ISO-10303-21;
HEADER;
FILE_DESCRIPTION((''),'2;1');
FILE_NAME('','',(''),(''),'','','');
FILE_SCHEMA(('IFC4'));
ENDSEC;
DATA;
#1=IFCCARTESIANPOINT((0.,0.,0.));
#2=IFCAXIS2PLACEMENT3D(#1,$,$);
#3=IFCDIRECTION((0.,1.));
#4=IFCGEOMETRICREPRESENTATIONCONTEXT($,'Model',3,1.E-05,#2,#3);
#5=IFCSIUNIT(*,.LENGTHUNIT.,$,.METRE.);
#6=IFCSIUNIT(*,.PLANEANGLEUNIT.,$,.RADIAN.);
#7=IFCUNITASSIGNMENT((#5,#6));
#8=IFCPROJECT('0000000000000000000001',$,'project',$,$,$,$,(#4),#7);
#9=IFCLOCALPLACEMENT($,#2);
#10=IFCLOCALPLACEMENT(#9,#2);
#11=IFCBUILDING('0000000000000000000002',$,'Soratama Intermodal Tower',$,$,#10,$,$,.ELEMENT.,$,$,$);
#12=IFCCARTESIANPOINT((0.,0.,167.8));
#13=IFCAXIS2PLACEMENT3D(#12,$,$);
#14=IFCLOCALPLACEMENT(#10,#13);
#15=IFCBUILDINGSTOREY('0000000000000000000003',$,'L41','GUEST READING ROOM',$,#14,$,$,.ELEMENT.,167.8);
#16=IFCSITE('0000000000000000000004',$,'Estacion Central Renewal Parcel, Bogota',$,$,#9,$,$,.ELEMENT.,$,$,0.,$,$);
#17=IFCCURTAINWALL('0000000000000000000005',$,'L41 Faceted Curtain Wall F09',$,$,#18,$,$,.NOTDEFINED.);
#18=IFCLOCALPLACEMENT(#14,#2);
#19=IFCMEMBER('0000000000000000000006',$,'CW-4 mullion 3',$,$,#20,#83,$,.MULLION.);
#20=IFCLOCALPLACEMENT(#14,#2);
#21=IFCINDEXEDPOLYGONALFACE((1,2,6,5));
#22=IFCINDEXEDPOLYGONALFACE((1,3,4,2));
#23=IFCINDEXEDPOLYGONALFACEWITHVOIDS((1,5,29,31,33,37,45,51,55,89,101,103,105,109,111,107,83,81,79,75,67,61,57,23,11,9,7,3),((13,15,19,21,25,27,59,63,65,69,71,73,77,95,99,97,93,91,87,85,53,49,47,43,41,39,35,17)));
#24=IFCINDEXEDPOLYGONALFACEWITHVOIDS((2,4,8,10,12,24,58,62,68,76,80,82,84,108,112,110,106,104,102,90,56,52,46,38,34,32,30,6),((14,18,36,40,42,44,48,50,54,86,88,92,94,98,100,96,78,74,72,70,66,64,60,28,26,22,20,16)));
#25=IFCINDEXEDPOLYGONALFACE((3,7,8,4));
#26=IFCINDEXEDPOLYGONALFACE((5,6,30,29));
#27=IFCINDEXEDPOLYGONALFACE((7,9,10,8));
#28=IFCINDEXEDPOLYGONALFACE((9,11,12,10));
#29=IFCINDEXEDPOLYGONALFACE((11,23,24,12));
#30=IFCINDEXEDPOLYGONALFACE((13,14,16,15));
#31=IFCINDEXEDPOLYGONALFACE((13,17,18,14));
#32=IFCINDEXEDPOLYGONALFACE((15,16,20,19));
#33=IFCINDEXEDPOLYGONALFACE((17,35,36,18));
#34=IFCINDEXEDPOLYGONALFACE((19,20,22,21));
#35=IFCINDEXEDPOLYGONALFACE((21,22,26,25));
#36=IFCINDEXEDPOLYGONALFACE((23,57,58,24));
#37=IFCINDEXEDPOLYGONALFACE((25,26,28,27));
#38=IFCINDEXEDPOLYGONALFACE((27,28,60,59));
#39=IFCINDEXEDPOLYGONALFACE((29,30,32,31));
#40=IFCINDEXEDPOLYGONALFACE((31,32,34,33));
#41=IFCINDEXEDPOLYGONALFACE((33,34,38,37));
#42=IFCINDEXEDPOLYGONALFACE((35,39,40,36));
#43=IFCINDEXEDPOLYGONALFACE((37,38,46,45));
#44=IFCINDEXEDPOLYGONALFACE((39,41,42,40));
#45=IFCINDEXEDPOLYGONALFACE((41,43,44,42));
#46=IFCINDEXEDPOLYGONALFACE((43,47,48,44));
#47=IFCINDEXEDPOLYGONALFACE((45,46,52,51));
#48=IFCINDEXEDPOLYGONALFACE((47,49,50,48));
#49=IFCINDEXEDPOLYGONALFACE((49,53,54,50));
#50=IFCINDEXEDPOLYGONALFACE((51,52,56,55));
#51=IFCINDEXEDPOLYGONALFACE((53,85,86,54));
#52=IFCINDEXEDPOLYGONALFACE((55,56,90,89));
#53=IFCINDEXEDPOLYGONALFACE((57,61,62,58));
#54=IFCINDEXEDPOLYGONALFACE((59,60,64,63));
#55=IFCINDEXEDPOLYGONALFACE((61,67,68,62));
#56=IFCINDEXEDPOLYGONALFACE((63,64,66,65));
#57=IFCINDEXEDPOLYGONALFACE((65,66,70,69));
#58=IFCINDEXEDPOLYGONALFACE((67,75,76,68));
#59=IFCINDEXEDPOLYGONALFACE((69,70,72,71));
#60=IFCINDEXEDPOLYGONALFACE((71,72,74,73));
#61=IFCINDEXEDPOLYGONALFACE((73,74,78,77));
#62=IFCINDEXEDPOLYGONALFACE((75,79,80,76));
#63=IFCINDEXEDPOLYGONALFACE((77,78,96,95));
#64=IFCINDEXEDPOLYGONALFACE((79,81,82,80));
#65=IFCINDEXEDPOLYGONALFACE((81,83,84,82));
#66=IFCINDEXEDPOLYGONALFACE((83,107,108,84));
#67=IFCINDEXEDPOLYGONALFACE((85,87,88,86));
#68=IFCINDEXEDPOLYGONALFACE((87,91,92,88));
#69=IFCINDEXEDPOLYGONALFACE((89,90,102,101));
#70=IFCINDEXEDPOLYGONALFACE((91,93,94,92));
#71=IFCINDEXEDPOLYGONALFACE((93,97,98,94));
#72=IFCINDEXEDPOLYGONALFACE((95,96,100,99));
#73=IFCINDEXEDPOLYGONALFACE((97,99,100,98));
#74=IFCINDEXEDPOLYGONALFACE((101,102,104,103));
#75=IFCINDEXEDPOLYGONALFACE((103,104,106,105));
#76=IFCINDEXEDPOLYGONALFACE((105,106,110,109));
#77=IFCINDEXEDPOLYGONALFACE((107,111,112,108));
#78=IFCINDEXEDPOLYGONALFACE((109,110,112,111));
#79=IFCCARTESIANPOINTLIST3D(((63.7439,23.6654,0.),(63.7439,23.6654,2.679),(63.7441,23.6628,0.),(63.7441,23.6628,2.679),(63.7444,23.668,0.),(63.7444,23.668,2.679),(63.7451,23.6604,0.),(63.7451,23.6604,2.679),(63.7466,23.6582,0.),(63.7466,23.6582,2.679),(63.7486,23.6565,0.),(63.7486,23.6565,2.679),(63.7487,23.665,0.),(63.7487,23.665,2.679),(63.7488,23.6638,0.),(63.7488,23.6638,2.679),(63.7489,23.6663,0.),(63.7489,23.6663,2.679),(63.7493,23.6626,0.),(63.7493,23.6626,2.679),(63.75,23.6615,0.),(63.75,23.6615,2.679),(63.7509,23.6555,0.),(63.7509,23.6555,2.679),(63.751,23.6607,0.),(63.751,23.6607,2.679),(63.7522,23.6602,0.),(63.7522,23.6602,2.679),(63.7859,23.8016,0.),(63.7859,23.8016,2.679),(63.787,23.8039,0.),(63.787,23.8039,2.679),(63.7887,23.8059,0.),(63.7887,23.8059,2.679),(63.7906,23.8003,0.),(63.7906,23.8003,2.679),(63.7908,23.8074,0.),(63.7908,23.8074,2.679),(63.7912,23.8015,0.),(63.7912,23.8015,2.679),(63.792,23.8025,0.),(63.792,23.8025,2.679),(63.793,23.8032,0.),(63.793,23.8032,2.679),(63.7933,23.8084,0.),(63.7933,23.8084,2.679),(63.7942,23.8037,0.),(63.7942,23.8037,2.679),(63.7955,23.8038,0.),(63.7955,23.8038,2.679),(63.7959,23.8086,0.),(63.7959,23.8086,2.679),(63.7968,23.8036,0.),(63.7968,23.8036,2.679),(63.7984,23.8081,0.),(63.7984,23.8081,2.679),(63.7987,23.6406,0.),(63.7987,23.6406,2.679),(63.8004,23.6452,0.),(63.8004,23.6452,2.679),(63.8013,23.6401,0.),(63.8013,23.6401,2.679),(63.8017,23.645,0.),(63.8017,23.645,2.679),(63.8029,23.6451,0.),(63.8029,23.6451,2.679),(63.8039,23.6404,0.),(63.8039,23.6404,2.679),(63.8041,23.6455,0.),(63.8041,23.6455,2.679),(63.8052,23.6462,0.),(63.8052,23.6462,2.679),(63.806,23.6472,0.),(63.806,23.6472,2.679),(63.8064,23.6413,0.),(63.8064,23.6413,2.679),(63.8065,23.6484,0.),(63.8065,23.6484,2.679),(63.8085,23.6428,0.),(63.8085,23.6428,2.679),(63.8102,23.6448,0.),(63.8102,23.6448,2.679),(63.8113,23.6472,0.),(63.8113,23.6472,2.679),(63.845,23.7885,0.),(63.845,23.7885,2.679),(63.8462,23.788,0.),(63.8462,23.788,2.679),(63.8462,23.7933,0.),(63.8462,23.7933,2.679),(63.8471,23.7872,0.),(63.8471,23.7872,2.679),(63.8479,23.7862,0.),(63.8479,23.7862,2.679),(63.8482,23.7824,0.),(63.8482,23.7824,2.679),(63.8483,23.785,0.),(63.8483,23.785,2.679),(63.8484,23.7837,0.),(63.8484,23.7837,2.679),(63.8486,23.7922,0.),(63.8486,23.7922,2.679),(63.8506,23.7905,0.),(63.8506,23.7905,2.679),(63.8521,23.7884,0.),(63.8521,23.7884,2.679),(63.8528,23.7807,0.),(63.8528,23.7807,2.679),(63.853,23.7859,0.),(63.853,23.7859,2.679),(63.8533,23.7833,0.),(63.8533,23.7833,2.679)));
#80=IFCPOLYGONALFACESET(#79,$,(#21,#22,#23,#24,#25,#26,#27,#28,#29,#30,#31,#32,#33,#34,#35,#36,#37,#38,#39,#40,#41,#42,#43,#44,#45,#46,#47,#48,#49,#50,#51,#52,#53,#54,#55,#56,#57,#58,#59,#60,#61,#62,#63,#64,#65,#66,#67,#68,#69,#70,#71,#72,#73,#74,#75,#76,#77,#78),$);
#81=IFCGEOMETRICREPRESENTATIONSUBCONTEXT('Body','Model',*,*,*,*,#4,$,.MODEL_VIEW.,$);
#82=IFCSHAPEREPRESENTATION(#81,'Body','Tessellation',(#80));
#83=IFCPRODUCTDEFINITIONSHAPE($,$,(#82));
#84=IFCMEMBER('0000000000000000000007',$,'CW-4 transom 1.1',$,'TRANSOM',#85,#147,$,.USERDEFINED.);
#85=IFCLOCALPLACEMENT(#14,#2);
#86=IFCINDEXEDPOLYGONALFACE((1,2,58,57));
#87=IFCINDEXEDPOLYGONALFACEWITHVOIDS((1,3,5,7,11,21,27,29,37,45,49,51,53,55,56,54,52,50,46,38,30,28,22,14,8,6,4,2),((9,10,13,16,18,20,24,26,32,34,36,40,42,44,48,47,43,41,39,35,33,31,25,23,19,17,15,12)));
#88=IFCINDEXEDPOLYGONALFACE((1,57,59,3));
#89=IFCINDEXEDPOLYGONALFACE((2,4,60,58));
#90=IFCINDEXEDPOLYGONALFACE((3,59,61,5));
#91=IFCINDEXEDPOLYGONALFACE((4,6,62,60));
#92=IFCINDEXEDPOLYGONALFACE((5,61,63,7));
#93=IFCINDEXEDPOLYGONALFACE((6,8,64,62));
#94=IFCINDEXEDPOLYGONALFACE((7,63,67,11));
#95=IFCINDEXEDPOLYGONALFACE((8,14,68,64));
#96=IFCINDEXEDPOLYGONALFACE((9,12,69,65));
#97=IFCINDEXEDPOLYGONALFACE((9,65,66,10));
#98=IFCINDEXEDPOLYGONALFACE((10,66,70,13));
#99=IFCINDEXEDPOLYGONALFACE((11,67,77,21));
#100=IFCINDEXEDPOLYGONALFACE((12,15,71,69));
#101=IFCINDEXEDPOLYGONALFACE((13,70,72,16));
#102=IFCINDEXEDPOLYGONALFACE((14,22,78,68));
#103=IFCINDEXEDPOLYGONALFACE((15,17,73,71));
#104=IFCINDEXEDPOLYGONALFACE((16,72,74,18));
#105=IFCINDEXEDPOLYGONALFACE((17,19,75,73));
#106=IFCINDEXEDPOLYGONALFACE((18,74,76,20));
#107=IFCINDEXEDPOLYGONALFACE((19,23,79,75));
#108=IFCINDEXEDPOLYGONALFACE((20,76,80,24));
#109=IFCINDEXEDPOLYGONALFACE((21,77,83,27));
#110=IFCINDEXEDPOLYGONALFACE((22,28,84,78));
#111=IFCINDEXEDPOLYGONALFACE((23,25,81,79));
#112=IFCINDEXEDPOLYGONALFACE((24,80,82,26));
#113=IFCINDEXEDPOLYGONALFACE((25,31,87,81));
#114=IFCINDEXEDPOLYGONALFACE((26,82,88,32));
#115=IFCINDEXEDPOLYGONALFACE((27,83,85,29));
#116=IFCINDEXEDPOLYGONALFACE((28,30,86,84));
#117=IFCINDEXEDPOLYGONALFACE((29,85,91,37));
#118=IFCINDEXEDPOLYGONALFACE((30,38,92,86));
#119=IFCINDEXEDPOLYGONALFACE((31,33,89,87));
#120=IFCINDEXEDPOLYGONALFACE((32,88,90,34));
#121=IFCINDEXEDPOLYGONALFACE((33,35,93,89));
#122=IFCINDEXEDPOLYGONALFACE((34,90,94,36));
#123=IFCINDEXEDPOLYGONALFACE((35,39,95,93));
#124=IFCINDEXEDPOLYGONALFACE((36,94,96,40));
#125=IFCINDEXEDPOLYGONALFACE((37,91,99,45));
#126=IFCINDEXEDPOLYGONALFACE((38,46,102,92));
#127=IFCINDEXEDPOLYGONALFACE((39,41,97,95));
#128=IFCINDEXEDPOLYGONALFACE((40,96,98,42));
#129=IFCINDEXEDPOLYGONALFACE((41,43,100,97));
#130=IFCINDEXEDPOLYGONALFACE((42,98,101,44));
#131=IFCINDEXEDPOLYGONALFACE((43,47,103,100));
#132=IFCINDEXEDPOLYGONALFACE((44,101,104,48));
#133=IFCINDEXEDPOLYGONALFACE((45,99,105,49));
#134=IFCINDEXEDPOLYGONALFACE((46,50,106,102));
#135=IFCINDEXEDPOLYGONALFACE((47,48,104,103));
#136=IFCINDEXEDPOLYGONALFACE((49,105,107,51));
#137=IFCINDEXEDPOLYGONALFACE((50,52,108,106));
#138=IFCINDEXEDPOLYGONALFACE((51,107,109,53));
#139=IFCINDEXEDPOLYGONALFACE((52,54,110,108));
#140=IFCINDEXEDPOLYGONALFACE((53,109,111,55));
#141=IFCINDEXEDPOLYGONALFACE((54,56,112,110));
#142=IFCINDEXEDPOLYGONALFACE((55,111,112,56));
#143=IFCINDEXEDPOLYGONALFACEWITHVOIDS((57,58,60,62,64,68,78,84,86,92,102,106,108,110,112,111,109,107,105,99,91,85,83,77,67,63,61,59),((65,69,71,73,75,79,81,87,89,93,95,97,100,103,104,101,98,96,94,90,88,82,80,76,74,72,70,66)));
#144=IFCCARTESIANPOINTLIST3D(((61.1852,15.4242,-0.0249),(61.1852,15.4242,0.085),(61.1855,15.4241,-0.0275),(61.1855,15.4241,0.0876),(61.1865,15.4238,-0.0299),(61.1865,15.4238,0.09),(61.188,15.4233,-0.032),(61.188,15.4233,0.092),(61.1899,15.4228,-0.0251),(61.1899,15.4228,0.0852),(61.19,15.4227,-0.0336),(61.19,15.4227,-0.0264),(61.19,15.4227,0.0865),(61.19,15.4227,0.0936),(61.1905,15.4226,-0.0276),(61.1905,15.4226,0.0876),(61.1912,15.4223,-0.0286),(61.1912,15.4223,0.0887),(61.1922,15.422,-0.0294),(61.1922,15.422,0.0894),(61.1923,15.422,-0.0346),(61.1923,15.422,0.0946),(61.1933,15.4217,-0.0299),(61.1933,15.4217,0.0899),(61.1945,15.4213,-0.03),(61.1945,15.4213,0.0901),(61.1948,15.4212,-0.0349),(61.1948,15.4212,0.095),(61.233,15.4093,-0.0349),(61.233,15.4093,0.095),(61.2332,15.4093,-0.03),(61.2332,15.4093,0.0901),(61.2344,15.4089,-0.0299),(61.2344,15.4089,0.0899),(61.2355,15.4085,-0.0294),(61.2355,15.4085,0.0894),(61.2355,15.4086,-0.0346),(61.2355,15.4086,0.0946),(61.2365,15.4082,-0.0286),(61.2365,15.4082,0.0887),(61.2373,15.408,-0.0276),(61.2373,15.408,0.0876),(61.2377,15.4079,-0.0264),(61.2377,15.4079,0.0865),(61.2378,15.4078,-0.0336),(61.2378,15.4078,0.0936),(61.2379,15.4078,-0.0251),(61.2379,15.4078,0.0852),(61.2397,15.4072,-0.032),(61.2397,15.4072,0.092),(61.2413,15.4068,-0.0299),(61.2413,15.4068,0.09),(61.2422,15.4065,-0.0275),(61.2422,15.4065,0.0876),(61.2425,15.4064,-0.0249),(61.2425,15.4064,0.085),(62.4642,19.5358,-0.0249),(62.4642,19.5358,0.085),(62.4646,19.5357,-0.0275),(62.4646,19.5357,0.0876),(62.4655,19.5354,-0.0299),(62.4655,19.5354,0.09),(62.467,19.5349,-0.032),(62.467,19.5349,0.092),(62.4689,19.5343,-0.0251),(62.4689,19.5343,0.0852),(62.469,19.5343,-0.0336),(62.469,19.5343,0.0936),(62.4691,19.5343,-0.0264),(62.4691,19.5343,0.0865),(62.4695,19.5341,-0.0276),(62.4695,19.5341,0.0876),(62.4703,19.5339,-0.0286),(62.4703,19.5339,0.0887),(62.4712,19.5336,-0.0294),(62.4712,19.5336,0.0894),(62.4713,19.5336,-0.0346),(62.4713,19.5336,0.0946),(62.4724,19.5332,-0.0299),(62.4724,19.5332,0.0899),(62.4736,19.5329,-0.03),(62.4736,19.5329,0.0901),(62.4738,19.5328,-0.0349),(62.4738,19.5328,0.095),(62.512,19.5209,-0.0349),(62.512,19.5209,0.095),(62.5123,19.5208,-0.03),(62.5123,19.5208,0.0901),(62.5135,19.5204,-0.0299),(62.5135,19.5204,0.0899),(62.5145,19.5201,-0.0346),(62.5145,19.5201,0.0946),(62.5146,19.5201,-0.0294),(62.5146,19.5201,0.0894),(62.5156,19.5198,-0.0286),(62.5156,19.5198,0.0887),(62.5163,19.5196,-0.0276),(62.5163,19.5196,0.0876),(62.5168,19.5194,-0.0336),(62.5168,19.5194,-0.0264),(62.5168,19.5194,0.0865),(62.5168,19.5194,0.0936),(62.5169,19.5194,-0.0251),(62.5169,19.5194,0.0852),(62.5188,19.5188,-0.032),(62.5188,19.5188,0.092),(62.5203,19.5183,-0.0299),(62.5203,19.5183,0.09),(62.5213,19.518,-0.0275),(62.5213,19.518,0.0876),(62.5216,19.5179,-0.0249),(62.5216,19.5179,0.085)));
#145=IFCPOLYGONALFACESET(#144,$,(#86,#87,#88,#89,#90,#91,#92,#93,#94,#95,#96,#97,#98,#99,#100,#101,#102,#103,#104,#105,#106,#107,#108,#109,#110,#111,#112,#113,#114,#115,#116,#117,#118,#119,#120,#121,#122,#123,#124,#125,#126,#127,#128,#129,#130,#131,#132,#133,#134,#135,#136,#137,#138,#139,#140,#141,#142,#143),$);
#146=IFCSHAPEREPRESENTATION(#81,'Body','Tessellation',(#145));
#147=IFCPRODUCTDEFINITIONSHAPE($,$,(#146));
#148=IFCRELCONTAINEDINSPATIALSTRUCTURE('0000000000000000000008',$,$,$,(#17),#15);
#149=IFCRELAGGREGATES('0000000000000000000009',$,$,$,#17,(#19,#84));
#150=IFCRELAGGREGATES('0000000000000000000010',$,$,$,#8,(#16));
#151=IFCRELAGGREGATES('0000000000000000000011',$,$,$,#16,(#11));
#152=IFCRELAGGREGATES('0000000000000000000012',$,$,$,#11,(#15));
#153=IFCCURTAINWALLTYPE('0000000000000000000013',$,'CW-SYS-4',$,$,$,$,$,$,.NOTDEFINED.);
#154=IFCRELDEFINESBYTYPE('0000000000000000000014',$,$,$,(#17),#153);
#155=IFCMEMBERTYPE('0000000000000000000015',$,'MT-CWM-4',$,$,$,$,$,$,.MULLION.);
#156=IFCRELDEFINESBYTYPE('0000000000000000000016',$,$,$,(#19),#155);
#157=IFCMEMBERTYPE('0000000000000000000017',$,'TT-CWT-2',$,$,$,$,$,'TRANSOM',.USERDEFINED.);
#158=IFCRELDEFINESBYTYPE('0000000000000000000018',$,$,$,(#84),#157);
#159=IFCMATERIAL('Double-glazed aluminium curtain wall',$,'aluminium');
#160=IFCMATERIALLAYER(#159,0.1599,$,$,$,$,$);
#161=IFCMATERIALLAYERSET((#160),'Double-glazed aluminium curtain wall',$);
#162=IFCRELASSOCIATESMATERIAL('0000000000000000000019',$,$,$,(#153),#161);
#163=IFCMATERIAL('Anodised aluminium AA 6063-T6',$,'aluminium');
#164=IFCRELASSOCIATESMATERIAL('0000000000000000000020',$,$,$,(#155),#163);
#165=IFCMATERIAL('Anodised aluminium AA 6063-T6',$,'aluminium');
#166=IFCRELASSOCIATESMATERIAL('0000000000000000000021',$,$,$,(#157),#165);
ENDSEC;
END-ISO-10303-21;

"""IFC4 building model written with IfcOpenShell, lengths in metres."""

from ifc_helpers import new_model, si_unit, direction, frame, origin, origin_2d, place, context, subcontext, project, spatial, hollow_rectangle, extrude, material, layer, layer_set, material_profile, profile_set, type_object, element, aggregate, save


model = new_model("IFC4")

# Units and contexts
model_context = context("Model", 3, precision=1e-05, world=origin(), true_north=direction((0.0, 1.0)))
body_context = subcontext(model_context, "Body", "Model", "MODEL_VIEW")
ifc_project = project(units=[si_unit("LENGTHUNIT", "METRE"), si_unit("PLANEANGLEUNIT", "RADIAN")], contexts=[model_context])

# Site, building, storey
site_placement = place(None, origin())
site = spatial("IfcSite", under=ifc_project, at=site_placement, Name="Estacion Central Renewal Parcel, Bogota", CompositionType="ELEMENT", RefElevation=0.0)
building_placement = place(site_placement, origin())
building = spatial("IfcBuilding", under=site, at=building_placement, Name="Soratama Intermodal Tower", CompositionType="ELEMENT")
storey_placement = place(building_placement, frame((0.0, 0.0, 167.8)))
storey = spatial("IfcBuildingStorey", under=building, at=storey_placement, Name="L41", Description="GUEST READING ROOM", CompositionType="ELEMENT", Elevation=167.8)

# Curtain wall, members
ifc_material_1 = material(Name="Double-glazed aluminium curtain wall", Category="aluminium")
ifc_layer_1 = layer(ifc_material_1, 0.1599)
ifc_layer_set_1 = layer_set([ifc_layer_1], Name="Double-glazed aluminium curtain wall")
curtain_wall_type = type_object("IfcCurtainWallType", Name="CW-SYS-4", PredefinedType="NOTDEFINED", material=ifc_layer_set_1)
curtain_wall_placement = place(storey_placement, origin())
curtain_wall = element("IfcCurtainWall", 1, at=curtain_wall_placement, inside=storey, type_object=curtain_wall_type, Name="L41 Faceted Curtain Wall F09", PredefinedType="NOTDEFINED")
ifc_material_2 = material(Name="Anodised aluminium AA 6063-T6", Category="aluminium")
ifc_material_profile_1 = material_profile(ifc_material_2, hollow_rectangle(XDim=0.0701, YDim=0.1599, WallThickness=0.0049, InnerFilletRadius=0.0049, OuterFilletRadius=0.01, at=origin_2d()), Name="CWM160X70X5")
ifc_profile_set_1 = profile_set([ifc_material_profile_1], Name="Anodised aluminium AA 6063-T6")
member_type_1 = type_object("IfcMemberType", Name="MT-CWM-4", PredefinedType="MULLION", material=ifc_profile_set_1)
member_1_placement = place(storey_placement, frame((63.7986, 23.7244, 0.0), z_axis=(0.0, 0.0, 1.0), x_axis=(-0.954865, 0.297041, 0.0)))
member_1 = element("IfcMember", 2, at=member_1_placement, type_object=member_type_1, Name="CW-4 mullion 3", PredefinedType="MULLION", context=body_context, shape_type="SweptSolid", body=[
    extrude(hollow_rectangle(XDim=0.0701, YDim=0.1599, WallThickness=0.0049, InnerFilletRadius=0.0049, OuterFilletRadius=0.01, at=origin_2d()), origin(), (0.0, 0.0, 1.0), 2.679),
])
ifc_material_3 = material(Name="Anodised aluminium AA 6063-T6", Category="aluminium")
ifc_material_profile_2 = material_profile(ifc_material_3, hollow_rectangle(XDim=0.0601, YDim=0.1299, WallThickness=0.0049, InnerFilletRadius=0.0049, OuterFilletRadius=0.01, at=origin_2d()), Name="CWT130X60X5")
ifc_profile_set_2 = profile_set([ifc_material_profile_2], Name="Anodised aluminium AA 6063-T6")
member_type_2 = type_object("IfcMemberType", Name="TT-CWT-2", ElementType="TRANSOM", PredefinedType="USERDEFINED", material=ifc_profile_set_2)
member_2_placement = place(storey_placement, frame((61.2139, 15.4153, 0.03), z_axis=(0.297045, 0.954864, 0.0), x_axis=(-0.954864, 0.297045, 0.0)))
member_2 = element("IfcMember", 3, at=member_2_placement, type_object=member_type_2, Name="CW-4 transom 1.1", ObjectType="TRANSOM", PredefinedType="USERDEFINED", context=body_context, shape_type="SweptSolid", body=[
    extrude(hollow_rectangle(XDim=0.0601, YDim=0.1299, WallThickness=0.0049, InnerFilletRadius=0.0049, OuterFilletRadius=0.01, at=origin_2d()), origin(), (0.0, 0.0, 1.0), 4.3059),
])
aggregate(curtain_wall, [member_1, member_2])

save(model, "model.ifc")
